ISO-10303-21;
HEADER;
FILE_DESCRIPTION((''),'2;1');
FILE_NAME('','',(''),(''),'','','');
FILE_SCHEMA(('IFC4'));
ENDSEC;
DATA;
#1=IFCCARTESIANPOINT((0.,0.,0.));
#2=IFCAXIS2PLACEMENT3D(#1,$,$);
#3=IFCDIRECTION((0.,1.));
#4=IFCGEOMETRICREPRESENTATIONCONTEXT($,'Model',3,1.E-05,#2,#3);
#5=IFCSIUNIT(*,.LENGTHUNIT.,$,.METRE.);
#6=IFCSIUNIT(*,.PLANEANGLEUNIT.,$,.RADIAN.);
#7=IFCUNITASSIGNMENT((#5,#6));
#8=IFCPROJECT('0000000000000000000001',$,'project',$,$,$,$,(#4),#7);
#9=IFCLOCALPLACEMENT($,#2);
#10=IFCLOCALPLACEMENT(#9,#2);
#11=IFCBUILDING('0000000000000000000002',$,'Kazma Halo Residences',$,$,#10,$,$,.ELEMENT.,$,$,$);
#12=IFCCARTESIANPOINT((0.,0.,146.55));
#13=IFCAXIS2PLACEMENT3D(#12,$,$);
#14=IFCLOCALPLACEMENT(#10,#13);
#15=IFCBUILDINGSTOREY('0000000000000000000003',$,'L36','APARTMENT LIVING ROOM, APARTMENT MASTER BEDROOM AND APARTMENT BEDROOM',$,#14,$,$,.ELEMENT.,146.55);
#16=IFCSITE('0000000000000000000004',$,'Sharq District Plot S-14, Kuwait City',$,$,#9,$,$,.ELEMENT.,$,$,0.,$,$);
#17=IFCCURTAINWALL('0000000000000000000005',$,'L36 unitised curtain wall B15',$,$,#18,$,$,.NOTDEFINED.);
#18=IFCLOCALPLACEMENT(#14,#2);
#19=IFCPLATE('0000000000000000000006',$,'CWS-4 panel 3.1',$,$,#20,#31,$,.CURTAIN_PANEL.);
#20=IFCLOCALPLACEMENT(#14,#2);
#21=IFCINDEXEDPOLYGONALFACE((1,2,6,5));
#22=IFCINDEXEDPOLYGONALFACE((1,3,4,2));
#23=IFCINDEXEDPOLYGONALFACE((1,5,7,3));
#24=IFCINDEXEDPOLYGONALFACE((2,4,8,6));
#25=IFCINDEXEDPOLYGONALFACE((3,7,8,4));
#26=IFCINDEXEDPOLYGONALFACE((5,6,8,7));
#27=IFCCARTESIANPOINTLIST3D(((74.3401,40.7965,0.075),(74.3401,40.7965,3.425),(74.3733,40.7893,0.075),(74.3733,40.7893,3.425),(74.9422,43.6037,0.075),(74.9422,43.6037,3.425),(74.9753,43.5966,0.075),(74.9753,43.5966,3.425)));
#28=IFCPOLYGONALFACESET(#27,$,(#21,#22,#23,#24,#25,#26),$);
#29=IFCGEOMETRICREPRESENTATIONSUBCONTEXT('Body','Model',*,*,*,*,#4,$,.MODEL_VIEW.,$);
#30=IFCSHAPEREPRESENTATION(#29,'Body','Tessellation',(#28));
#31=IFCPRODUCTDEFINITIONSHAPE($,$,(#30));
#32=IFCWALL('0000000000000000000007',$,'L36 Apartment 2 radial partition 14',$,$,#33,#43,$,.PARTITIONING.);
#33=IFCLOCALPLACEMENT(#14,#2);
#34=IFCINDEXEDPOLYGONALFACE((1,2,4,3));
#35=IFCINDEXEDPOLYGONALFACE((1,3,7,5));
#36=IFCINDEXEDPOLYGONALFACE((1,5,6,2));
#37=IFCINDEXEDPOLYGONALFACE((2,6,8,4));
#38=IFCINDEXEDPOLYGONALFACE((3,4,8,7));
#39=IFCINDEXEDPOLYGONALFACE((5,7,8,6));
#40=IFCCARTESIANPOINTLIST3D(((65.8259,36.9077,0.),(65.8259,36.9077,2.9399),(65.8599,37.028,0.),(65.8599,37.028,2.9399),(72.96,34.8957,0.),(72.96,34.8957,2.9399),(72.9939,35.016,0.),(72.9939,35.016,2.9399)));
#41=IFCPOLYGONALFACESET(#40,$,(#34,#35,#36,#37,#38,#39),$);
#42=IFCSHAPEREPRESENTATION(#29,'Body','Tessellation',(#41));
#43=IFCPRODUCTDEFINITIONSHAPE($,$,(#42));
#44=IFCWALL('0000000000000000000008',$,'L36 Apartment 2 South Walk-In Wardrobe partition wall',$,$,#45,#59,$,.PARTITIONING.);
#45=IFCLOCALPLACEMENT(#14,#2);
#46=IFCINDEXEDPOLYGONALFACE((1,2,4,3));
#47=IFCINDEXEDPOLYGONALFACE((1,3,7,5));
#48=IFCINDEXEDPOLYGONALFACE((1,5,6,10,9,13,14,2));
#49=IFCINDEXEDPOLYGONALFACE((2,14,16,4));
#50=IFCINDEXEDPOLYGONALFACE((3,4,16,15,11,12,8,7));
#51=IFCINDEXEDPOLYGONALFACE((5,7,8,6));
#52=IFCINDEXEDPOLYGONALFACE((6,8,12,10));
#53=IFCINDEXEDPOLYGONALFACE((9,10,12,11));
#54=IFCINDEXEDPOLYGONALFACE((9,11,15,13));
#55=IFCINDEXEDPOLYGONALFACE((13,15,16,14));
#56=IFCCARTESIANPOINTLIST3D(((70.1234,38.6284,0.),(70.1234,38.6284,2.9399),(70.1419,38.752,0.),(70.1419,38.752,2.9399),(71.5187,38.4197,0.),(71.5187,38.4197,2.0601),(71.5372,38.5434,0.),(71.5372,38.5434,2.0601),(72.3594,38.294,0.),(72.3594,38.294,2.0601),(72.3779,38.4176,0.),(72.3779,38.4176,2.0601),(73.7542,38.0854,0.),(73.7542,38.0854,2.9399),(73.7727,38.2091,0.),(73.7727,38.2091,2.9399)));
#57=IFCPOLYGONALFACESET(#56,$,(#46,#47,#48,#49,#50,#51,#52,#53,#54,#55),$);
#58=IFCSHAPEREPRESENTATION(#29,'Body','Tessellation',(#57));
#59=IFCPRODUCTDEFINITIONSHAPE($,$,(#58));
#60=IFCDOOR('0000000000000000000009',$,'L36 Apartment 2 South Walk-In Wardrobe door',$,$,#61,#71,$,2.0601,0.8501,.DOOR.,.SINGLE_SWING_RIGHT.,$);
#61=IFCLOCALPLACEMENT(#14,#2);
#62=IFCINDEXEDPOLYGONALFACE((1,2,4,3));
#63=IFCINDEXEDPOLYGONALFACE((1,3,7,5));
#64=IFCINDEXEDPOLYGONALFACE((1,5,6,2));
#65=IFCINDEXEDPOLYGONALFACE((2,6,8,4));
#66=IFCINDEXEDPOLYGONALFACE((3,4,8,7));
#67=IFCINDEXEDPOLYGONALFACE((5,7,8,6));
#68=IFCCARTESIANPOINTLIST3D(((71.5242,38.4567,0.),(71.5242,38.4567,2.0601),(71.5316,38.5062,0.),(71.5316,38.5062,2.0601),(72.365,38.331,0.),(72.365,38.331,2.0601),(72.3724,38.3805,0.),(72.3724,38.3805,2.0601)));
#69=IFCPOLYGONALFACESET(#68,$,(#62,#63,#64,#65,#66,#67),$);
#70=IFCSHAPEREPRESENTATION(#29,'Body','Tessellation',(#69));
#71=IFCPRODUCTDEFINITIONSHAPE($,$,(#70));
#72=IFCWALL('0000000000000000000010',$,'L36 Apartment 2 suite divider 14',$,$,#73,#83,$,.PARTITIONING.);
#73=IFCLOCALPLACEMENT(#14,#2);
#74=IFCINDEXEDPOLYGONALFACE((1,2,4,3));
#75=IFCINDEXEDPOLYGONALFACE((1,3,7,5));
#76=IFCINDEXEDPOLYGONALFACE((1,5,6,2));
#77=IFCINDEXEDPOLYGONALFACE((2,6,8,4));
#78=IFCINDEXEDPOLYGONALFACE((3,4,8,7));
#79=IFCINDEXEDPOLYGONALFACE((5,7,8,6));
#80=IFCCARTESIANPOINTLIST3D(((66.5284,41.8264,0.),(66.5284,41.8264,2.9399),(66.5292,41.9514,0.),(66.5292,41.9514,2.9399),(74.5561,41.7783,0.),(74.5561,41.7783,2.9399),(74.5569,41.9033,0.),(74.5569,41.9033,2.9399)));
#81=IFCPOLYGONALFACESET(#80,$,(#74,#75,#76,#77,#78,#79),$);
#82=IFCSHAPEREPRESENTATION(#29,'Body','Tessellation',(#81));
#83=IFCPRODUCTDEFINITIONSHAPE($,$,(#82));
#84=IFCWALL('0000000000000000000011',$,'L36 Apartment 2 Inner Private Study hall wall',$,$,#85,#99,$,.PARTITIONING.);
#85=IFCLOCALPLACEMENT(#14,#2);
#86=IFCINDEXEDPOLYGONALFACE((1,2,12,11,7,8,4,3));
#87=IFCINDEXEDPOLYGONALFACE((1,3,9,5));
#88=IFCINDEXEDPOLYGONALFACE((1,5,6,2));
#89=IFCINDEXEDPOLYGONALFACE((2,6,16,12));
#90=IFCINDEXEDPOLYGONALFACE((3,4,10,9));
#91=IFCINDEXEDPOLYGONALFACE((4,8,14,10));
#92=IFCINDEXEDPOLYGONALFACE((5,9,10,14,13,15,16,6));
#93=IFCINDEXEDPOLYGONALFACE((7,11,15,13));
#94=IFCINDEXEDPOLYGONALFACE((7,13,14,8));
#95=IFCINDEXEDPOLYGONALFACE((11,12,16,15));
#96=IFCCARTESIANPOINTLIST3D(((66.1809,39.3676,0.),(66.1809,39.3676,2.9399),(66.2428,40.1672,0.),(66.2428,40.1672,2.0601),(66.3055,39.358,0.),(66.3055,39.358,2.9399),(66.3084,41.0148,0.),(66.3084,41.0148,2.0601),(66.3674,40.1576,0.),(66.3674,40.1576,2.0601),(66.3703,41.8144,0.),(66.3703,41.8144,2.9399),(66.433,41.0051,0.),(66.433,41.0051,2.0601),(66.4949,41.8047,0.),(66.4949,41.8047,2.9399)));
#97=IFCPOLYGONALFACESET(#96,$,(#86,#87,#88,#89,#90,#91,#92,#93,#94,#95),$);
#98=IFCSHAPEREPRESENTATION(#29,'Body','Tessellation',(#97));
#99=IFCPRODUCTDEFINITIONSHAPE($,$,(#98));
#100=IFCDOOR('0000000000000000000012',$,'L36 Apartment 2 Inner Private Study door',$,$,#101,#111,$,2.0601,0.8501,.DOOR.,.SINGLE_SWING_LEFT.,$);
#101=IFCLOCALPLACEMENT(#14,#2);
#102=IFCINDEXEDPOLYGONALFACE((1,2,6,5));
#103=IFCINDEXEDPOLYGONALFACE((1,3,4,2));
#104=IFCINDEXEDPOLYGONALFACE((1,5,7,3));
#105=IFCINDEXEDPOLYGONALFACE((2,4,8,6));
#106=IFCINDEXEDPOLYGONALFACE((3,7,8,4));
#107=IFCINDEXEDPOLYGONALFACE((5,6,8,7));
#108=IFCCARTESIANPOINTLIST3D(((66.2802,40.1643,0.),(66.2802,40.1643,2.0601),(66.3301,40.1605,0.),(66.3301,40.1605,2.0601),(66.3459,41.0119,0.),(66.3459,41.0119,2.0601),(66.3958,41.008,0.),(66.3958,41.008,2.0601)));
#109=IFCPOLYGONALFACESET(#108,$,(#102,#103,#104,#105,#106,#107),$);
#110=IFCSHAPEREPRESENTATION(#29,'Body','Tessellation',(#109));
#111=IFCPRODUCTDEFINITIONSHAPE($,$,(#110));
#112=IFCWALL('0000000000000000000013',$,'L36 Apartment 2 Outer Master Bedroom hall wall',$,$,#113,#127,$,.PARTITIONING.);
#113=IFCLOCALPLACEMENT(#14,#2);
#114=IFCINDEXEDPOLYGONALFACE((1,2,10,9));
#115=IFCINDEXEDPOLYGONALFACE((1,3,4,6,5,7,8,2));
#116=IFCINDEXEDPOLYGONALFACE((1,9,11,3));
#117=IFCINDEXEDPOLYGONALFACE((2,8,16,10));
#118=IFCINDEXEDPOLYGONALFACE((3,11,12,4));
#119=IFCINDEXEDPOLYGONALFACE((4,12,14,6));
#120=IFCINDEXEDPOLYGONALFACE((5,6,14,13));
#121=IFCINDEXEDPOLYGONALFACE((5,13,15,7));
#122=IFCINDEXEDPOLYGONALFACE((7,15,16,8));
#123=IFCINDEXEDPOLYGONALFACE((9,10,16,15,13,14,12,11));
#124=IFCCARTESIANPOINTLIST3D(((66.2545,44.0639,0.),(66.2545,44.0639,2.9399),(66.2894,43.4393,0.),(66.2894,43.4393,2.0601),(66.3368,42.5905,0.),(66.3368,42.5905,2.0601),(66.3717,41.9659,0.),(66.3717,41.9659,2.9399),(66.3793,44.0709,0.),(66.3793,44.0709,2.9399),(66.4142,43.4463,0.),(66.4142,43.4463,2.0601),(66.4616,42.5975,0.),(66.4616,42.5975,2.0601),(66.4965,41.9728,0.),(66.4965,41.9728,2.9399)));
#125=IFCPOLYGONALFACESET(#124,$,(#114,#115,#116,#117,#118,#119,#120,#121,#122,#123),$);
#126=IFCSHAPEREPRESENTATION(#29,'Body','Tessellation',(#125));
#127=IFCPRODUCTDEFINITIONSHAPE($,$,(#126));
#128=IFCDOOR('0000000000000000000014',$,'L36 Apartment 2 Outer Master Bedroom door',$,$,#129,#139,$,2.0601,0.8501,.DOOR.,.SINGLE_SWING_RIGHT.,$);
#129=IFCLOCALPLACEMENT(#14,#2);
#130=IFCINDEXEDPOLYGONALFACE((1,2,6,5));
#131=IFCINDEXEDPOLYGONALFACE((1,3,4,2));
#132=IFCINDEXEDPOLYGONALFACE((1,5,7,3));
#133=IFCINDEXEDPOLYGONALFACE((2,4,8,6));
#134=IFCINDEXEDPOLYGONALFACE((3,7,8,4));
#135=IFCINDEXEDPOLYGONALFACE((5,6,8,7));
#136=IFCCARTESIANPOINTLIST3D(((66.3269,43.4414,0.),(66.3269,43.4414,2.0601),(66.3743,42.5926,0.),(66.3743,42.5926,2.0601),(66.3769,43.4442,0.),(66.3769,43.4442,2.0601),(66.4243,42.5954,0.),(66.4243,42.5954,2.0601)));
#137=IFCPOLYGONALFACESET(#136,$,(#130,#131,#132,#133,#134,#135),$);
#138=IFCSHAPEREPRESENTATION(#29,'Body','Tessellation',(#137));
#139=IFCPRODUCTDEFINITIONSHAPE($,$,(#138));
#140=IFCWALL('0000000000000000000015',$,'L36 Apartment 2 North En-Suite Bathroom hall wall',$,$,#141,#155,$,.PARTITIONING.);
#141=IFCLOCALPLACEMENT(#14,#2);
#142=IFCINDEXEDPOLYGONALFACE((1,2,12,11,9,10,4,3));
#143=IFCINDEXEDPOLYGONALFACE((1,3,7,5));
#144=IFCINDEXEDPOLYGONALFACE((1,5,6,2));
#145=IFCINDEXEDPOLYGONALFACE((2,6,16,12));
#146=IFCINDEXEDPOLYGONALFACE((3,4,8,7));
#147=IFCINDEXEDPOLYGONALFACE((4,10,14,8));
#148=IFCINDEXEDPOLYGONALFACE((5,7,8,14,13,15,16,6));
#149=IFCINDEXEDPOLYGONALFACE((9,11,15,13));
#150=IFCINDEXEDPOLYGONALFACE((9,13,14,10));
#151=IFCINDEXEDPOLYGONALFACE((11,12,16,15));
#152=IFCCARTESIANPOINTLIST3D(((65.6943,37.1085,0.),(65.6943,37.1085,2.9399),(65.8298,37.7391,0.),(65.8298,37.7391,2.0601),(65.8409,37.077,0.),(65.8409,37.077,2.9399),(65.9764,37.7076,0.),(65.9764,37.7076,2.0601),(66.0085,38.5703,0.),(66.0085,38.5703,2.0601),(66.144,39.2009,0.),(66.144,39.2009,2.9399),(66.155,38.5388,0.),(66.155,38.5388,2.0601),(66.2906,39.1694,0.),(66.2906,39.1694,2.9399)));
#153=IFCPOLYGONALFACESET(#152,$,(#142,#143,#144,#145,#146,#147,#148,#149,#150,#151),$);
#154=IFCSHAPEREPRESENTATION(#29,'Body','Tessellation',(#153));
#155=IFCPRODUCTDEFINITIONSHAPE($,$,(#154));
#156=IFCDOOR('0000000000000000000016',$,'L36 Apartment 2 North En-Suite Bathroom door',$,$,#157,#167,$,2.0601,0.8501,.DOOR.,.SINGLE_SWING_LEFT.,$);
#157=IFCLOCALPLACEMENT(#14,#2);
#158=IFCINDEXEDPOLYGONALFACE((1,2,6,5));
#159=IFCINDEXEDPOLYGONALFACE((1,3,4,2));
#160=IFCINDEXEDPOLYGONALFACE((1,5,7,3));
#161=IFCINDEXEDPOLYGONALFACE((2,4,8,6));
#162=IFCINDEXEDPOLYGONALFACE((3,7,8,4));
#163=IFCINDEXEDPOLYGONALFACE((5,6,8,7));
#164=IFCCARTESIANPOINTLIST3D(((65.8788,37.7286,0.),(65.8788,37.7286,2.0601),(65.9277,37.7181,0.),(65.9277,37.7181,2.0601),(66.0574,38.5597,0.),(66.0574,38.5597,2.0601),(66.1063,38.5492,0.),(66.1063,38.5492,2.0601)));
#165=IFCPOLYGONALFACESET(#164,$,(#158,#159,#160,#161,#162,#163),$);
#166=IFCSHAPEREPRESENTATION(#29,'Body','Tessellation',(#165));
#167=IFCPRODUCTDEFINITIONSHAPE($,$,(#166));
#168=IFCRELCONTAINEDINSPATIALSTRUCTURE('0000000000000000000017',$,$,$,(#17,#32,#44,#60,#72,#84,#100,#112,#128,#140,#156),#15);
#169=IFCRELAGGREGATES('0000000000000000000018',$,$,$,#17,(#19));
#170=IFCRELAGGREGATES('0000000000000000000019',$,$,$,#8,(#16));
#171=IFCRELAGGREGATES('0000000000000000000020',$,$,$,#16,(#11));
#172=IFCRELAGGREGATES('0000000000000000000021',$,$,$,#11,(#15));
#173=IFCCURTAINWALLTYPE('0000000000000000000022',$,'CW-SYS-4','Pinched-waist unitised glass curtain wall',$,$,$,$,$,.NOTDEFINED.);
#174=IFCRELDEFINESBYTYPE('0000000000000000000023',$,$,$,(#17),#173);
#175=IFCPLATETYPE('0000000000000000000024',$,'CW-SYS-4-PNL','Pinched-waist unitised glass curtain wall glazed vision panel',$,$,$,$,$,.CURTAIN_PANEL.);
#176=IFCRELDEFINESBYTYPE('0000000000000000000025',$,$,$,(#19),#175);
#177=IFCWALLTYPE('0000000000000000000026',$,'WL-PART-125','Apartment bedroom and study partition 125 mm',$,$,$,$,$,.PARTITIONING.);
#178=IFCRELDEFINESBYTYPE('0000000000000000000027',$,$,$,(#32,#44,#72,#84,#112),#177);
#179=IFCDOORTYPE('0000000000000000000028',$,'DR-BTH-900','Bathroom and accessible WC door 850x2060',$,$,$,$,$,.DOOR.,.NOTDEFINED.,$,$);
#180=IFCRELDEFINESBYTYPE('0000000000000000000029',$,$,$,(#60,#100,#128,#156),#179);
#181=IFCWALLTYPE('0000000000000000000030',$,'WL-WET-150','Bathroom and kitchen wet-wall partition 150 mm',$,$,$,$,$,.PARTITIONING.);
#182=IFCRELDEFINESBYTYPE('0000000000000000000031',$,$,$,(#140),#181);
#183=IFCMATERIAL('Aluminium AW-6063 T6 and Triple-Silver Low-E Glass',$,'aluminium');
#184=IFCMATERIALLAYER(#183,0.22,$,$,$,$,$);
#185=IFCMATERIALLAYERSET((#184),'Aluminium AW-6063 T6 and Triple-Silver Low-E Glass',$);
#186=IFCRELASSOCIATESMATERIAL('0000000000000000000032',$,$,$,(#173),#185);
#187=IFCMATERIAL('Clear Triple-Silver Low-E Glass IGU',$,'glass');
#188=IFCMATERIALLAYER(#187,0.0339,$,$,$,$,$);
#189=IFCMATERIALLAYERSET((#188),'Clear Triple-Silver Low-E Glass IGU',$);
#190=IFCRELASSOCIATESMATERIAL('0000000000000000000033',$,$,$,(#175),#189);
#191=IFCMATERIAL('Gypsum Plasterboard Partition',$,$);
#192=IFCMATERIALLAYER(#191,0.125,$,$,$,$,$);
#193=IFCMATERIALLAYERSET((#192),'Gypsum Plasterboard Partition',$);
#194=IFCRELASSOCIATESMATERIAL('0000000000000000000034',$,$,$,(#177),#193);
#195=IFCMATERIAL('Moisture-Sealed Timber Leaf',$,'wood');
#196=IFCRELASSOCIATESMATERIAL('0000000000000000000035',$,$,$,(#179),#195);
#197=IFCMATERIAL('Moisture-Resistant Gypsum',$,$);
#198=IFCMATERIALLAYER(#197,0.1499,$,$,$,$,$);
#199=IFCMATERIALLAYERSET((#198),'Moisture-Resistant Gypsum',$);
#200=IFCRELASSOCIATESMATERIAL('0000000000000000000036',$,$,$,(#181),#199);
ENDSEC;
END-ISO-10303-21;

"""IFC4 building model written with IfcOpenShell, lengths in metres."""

from ifc_helpers import new_model, si_unit, direction, frame, frame_2d, origin, origin_2d, place, context, subcontext, project, spatial, rectangle, extrude, material, layer, layer_set, type_object, element, fill, aggregate, save


model = new_model("IFC4")

# Units and contexts
model_context = context("Model", 3, precision=1e-05, world=origin(), true_north=direction((0.0, 1.0)))
body_context = subcontext(model_context, "Body", "Model", "MODEL_VIEW")
ifc_project = project(units=[si_unit("LENGTHUNIT", "METRE"), si_unit("PLANEANGLEUNIT", "RADIAN")], contexts=[model_context])

# Site, building, storey
site_placement = place(None, origin())
site = spatial("IfcSite", under=ifc_project, at=site_placement, Name="Sharq District Plot S-14, Kuwait City", CompositionType="ELEMENT", RefElevation=0.0)
building_placement = place(site_placement, origin())
building = spatial("IfcBuilding", under=site, at=building_placement, Name="Kazma Halo Residences", CompositionType="ELEMENT")
storey_placement = place(building_placement, frame((0.0, 0.0, 146.55)))
storey = spatial("IfcBuildingStorey", under=building, at=storey_placement, Name="L36", Description="APARTMENT LIVING ROOM, APARTMENT MASTER BEDROOM AND APARTMENT BEDROOM", CompositionType="ELEMENT", Elevation=146.55)

# Curtain wall, plate
ifc_material_1 = material(Name="Aluminium AW-6063 T6 and Triple-Silver Low-E Glass", Category="aluminium")
ifc_layer_1 = layer(ifc_material_1, 0.22)
ifc_layer_set_1 = layer_set([ifc_layer_1], Name="Aluminium AW-6063 T6 and Triple-Silver Low-E Glass")
curtain_wall_type = type_object("IfcCurtainWallType", Name="CW-SYS-4", Description="Pinched-waist unitised glass curtain wall", PredefinedType="NOTDEFINED", material=ifc_layer_set_1)
curtain_wall_placement = place(storey_placement, origin())
curtain_wall = element("IfcCurtainWall", 1, at=curtain_wall_placement, inside=storey, type_object=curtain_wall_type, Name="L36 unitised curtain wall B15", PredefinedType="NOTDEFINED")
ifc_material_2 = material(Name="Clear Triple-Silver Low-E Glass IGU", Category="glass")
ifc_layer_2 = layer(ifc_material_2, 0.0339)
ifc_layer_set_2 = layer_set([ifc_layer_2], Name="Clear Triple-Silver Low-E Glass IGU")
plate_type = type_object("IfcPlateType", Name="CW-SYS-4-PNL", Description="Pinched-waist unitised glass curtain wall glazed vision panel", PredefinedType="CURTAIN_PANEL", material=ifc_layer_set_2)
plate_1_placement = place(storey_placement, frame((74.6577, 42.1965, 0.075), z_axis=(0.0, 0.0, 1.0), x_axis=(0.209704, 0.977765, 0.0)))
plate_1 = element("IfcPlate", 2, at=plate_1_placement, type_object=plate_type, Name="CWS-4 panel 3.1", PredefinedType="CURTAIN_PANEL", context=body_context, shape_type="SweptSolid", body=[
    extrude(rectangle(XDim=2.8711, YDim=0.0339, at=origin_2d()), origin(), (0.0, 0.0, 1.0), 3.3501),
])
aggregate(curtain_wall, [plate_1])

# Wall
ifc_material_3 = material(Name="Gypsum Plasterboard Partition")
ifc_layer_3 = layer(ifc_material_3, 0.125)
ifc_layer_set_3 = layer_set([ifc_layer_3], Name="Gypsum Plasterboard Partition")
wall_type_1 = type_object("IfcWallType", Name="WL-PART-125", Description="Apartment bedroom and study partition 125 mm", PredefinedType="PARTITIONING", material=ifc_layer_set_3)
wall_1_placement = place(storey_placement, frame((65.843, 36.9678, 0.0), z_axis=(0.0, 0.0, 1.0), x_axis=(0.962457, -0.271435, 0.0)))
element("IfcWall", 3, at=wall_1_placement, inside=storey, type_object=wall_type_1, Name="L36 Apartment 2 radial partition 14", PredefinedType="PARTITIONING", context=body_context, shape_type="SweptSolid", body=[
    extrude(rectangle(XDim=7.4124, YDim=0.125, at=frame_2d((3.7061, 0.0))), origin(), (0.0, 0.0, 1.0), 2.9399),
])

# Wall, opening, door
wall_2_placement = place(storey_placement, frame((70.1328, 38.6902, 0.0), z_axis=(0.0, 0.0, 1.0), x_axis=(0.989003, -0.147898, 0.0)))
wall_2 = element("IfcWall", 4, at=wall_2_placement, inside=storey, type_object=wall_type_1, Name="L36 Apartment 2 South Walk-In Wardrobe partition wall", PredefinedType="PARTITIONING", context=body_context, shape_type="SweptSolid", body=[
    extrude(rectangle(XDim=3.6711, YDim=0.125, at=frame_2d((1.8354, 0.0))), origin(), (0.0, 0.0, 1.0), 2.9399),
])
opening_1_placement = place(wall_2_placement, frame((1.4106, 0.0, 0.0)))
opening_1 = element("IfcOpeningElement", 5, at=opening_1_placement, cuts=wall_2, PredefinedType="OPENING", context=body_context, shape_type="SweptSolid", body=[
    extrude(rectangle(XDim=0.8501, YDim=2.0601, at=frame_2d((0.425, 1.03))), frame((0.0, 0.0725, 0.0), z_axis=(0.0, -1.0, 0.0), x_axis=(1.0, 0.0, 0.0)), (0.0, 0.0, 1.0), 0.145),
])
ifc_material_4 = material(Name="Moisture-Sealed Timber Leaf", Category="wood")
door_type = type_object("IfcDoorType", Name="DR-BTH-900", Description="Bathroom and accessible WC door 850x2060", OperationType="NOTDEFINED", PredefinedType="DOOR", material=ifc_material_4)
door_1_placement = place(opening_1_placement, origin())
door_1 = element("IfcDoor", 6, at=door_1_placement, inside=storey, type_object=door_type, Name="L36 Apartment 2 South Walk-In Wardrobe door", OperationType="SINGLE_SWING_RIGHT", OverallHeight=2.0601, OverallWidth=0.8501, PredefinedType="DOOR", context=body_context, shape_type="SweptSolid", body=[
    extrude(rectangle(XDim=0.8501, YDim=2.0601, at=frame_2d((0.425, 1.03))), frame((0.0, 0.0249, 0.0), z_axis=(0.0, -1.0, 0.0), x_axis=(1.0, 0.0, 0.0)), (0.0, 0.0, 1.0), 0.05),
])
fill(opening_1, door_1)

# Wall
wall_3_placement = place(storey_placement, frame((66.5288, 41.8889, 0.0), z_axis=(0.0, 0.0, 1.0), x_axis=(0.999982, -0.005991, 0.0)))
element("IfcWall", 7, at=wall_3_placement, inside=storey, type_object=wall_type_1, Name="L36 Apartment 2 suite divider 14", PredefinedType="PARTITIONING", context=body_context, shape_type="SweptSolid", body=[
    extrude(rectangle(XDim=8.0278, YDim=0.125, at=frame_2d((4.0139, 0.0))), origin(), (0.0, 0.0, 1.0), 2.9399),
])

# Walls, openings, doors
wall_4_placement = place(storey_placement, frame((66.2432, 39.3628, 0.0), z_axis=(0.0, 0.0, 1.0), x_axis=(0.077199, 0.997016, 0.0)))
wall_4 = element("IfcWall", 8, at=wall_4_placement, inside=storey, type_object=wall_type_1, Name="L36 Apartment 2 Inner Private Study hall wall", PredefinedType="PARTITIONING", context=body_context, shape_type="SweptSolid", body=[
    extrude(rectangle(XDim=2.4541, YDim=0.125, at=frame_2d((1.2271, 0.0))), origin(), (0.0, 0.0, 1.0), 2.9399),
])
opening_2_placement = place(wall_4_placement, frame((0.802, 0.0, 0.0)))
opening_2 = element("IfcOpeningElement", 9, at=opening_2_placement, cuts=wall_4, PredefinedType="OPENING", context=body_context, shape_type="SweptSolid", body=[
    extrude(rectangle(XDim=0.8501, YDim=2.0601, at=frame_2d((0.425, 1.03))), frame((0.0, 0.0725, 0.0), z_axis=(0.0, -1.0, 0.0), x_axis=(1.0, 0.0, 0.0)), (0.0, 0.0, 1.0), 0.145),
])
door_2_placement = place(opening_2_placement, origin())
door_2 = element("IfcDoor", 10, at=door_2_placement, inside=storey, type_object=door_type, Name="L36 Apartment 2 Inner Private Study door", OperationType="SINGLE_SWING_LEFT", OverallHeight=2.0601, OverallWidth=0.8501, PredefinedType="DOOR", context=body_context, shape_type="SweptSolid", body=[
    extrude(rectangle(XDim=0.8501, YDim=2.0601, at=frame_2d((0.425, 1.03))), frame((0.0, 0.0249, 0.0), z_axis=(0.0, -1.0, 0.0), x_axis=(1.0, 0.0, 0.0)), (0.0, 0.0, 1.0), 0.05),
])
fill(opening_2, door_2)
wall_5_placement = place(storey_placement, frame((66.4341, 41.9692, 0.0), z_axis=(0.0, 0.0, 1.0), x_axis=(-0.055766, 0.998444, 0.0)))
wall_5 = element("IfcWall", 11, at=wall_5_placement, inside=storey, type_object=wall_type_1, Name="L36 Apartment 2 Outer Master Bedroom hall wall", PredefinedType="PARTITIONING", context=body_context, shape_type="SweptSolid", body=[
    extrude(rectangle(XDim=2.1013, YDim=0.125, at=frame_2d((1.0508, 0.0))), origin(), (0.0, 0.0, 1.0), 2.9399),
])
opening_3_placement = place(wall_5_placement, frame((0.6257, 0.0, 0.0)))
opening_3 = element("IfcOpeningElement", 12, at=opening_3_placement, cuts=wall_5, PredefinedType="OPENING", context=body_context, shape_type="SweptSolid", body=[
    extrude(rectangle(XDim=0.8501, YDim=2.0601, at=frame_2d((0.425, 1.03))), frame((0.0, 0.0725, 0.0), z_axis=(0.0, -1.0, 0.0), x_axis=(1.0, 0.0, 0.0)), (0.0, 0.0, 1.0), 0.145),
])
door_3_placement = place(opening_3_placement, origin())
door_3 = element("IfcDoor", 13, at=door_3_placement, inside=storey, type_object=door_type, Name="L36 Apartment 2 Outer Master Bedroom door", OperationType="SINGLE_SWING_RIGHT", OverallHeight=2.0601, OverallWidth=0.8501, PredefinedType="DOOR", context=body_context, shape_type="SweptSolid", body=[
    extrude(rectangle(XDim=0.8501, YDim=2.0601, at=frame_2d((0.425, 1.03))), frame((0.0, 0.0249, 0.0), z_axis=(0.0, -1.0, 0.0), x_axis=(1.0, 0.0, 0.0)), (0.0, 0.0, 1.0), 0.05),
])
fill(opening_3, door_3)
ifc_material_5 = material(Name="Moisture-Resistant Gypsum")
ifc_layer_4 = layer(ifc_material_5, 0.1499)
ifc_layer_set_4 = layer_set([ifc_layer_4], Name="Moisture-Resistant Gypsum")
wall_type_2 = type_object("IfcWallType", Name="WL-WET-150", Description="Bathroom and kitchen wet-wall partition 150 mm", PredefinedType="PARTITIONING", material=ifc_layer_set_4)
wall_6_placement = place(storey_placement, frame((65.7676, 37.0928, 0.0), z_axis=(0.0, 0.0, 1.0), x_axis=(0.210137, 0.977672, 0.0)))
wall_6 = element("IfcWall", 14, at=wall_6_placement, inside=storey, type_object=wall_type_2, Name="L36 Apartment 2 North En-Suite Bathroom hall wall", PredefinedType="PARTITIONING", context=body_context, shape_type="SweptSolid", body=[
    extrude(rectangle(XDim=2.1401, YDim=0.1499, at=frame_2d((1.0701, 0.0))), origin(), (0.0, 0.0, 1.0), 2.9399),
])
opening_4_placement = place(wall_6_placement, frame((0.645, 0.0, 0.0)))
opening_4 = element("IfcOpeningElement", 15, at=opening_4_placement, cuts=wall_6, PredefinedType="OPENING", context=body_context, shape_type="SweptSolid", body=[
    extrude(rectangle(XDim=0.8501, YDim=2.0601, at=frame_2d((0.425, 1.03))), frame((0.0, 0.085, 0.0), z_axis=(0.0, -1.0, 0.0), x_axis=(1.0, 0.0, 0.0)), (0.0, 0.0, 1.0), 0.1699),
])
door_4_placement = place(opening_4_placement, origin())
door_4 = element("IfcDoor", 16, at=door_4_placement, inside=storey, type_object=door_type, Name="L36 Apartment 2 North En-Suite Bathroom door", OperationType="SINGLE_SWING_LEFT", OverallHeight=2.0601, OverallWidth=0.8501, PredefinedType="DOOR", context=body_context, shape_type="SweptSolid", body=[
    extrude(rectangle(XDim=0.8501, YDim=2.0601, at=frame_2d((0.425, 1.03))), frame((0.0, 0.0249, 0.0), z_axis=(0.0, -1.0, 0.0), x_axis=(1.0, 0.0, 0.0)), (0.0, 0.0, 1.0), 0.05),
])
fill(opening_4, door_4)

save(model, "model.ifc")
